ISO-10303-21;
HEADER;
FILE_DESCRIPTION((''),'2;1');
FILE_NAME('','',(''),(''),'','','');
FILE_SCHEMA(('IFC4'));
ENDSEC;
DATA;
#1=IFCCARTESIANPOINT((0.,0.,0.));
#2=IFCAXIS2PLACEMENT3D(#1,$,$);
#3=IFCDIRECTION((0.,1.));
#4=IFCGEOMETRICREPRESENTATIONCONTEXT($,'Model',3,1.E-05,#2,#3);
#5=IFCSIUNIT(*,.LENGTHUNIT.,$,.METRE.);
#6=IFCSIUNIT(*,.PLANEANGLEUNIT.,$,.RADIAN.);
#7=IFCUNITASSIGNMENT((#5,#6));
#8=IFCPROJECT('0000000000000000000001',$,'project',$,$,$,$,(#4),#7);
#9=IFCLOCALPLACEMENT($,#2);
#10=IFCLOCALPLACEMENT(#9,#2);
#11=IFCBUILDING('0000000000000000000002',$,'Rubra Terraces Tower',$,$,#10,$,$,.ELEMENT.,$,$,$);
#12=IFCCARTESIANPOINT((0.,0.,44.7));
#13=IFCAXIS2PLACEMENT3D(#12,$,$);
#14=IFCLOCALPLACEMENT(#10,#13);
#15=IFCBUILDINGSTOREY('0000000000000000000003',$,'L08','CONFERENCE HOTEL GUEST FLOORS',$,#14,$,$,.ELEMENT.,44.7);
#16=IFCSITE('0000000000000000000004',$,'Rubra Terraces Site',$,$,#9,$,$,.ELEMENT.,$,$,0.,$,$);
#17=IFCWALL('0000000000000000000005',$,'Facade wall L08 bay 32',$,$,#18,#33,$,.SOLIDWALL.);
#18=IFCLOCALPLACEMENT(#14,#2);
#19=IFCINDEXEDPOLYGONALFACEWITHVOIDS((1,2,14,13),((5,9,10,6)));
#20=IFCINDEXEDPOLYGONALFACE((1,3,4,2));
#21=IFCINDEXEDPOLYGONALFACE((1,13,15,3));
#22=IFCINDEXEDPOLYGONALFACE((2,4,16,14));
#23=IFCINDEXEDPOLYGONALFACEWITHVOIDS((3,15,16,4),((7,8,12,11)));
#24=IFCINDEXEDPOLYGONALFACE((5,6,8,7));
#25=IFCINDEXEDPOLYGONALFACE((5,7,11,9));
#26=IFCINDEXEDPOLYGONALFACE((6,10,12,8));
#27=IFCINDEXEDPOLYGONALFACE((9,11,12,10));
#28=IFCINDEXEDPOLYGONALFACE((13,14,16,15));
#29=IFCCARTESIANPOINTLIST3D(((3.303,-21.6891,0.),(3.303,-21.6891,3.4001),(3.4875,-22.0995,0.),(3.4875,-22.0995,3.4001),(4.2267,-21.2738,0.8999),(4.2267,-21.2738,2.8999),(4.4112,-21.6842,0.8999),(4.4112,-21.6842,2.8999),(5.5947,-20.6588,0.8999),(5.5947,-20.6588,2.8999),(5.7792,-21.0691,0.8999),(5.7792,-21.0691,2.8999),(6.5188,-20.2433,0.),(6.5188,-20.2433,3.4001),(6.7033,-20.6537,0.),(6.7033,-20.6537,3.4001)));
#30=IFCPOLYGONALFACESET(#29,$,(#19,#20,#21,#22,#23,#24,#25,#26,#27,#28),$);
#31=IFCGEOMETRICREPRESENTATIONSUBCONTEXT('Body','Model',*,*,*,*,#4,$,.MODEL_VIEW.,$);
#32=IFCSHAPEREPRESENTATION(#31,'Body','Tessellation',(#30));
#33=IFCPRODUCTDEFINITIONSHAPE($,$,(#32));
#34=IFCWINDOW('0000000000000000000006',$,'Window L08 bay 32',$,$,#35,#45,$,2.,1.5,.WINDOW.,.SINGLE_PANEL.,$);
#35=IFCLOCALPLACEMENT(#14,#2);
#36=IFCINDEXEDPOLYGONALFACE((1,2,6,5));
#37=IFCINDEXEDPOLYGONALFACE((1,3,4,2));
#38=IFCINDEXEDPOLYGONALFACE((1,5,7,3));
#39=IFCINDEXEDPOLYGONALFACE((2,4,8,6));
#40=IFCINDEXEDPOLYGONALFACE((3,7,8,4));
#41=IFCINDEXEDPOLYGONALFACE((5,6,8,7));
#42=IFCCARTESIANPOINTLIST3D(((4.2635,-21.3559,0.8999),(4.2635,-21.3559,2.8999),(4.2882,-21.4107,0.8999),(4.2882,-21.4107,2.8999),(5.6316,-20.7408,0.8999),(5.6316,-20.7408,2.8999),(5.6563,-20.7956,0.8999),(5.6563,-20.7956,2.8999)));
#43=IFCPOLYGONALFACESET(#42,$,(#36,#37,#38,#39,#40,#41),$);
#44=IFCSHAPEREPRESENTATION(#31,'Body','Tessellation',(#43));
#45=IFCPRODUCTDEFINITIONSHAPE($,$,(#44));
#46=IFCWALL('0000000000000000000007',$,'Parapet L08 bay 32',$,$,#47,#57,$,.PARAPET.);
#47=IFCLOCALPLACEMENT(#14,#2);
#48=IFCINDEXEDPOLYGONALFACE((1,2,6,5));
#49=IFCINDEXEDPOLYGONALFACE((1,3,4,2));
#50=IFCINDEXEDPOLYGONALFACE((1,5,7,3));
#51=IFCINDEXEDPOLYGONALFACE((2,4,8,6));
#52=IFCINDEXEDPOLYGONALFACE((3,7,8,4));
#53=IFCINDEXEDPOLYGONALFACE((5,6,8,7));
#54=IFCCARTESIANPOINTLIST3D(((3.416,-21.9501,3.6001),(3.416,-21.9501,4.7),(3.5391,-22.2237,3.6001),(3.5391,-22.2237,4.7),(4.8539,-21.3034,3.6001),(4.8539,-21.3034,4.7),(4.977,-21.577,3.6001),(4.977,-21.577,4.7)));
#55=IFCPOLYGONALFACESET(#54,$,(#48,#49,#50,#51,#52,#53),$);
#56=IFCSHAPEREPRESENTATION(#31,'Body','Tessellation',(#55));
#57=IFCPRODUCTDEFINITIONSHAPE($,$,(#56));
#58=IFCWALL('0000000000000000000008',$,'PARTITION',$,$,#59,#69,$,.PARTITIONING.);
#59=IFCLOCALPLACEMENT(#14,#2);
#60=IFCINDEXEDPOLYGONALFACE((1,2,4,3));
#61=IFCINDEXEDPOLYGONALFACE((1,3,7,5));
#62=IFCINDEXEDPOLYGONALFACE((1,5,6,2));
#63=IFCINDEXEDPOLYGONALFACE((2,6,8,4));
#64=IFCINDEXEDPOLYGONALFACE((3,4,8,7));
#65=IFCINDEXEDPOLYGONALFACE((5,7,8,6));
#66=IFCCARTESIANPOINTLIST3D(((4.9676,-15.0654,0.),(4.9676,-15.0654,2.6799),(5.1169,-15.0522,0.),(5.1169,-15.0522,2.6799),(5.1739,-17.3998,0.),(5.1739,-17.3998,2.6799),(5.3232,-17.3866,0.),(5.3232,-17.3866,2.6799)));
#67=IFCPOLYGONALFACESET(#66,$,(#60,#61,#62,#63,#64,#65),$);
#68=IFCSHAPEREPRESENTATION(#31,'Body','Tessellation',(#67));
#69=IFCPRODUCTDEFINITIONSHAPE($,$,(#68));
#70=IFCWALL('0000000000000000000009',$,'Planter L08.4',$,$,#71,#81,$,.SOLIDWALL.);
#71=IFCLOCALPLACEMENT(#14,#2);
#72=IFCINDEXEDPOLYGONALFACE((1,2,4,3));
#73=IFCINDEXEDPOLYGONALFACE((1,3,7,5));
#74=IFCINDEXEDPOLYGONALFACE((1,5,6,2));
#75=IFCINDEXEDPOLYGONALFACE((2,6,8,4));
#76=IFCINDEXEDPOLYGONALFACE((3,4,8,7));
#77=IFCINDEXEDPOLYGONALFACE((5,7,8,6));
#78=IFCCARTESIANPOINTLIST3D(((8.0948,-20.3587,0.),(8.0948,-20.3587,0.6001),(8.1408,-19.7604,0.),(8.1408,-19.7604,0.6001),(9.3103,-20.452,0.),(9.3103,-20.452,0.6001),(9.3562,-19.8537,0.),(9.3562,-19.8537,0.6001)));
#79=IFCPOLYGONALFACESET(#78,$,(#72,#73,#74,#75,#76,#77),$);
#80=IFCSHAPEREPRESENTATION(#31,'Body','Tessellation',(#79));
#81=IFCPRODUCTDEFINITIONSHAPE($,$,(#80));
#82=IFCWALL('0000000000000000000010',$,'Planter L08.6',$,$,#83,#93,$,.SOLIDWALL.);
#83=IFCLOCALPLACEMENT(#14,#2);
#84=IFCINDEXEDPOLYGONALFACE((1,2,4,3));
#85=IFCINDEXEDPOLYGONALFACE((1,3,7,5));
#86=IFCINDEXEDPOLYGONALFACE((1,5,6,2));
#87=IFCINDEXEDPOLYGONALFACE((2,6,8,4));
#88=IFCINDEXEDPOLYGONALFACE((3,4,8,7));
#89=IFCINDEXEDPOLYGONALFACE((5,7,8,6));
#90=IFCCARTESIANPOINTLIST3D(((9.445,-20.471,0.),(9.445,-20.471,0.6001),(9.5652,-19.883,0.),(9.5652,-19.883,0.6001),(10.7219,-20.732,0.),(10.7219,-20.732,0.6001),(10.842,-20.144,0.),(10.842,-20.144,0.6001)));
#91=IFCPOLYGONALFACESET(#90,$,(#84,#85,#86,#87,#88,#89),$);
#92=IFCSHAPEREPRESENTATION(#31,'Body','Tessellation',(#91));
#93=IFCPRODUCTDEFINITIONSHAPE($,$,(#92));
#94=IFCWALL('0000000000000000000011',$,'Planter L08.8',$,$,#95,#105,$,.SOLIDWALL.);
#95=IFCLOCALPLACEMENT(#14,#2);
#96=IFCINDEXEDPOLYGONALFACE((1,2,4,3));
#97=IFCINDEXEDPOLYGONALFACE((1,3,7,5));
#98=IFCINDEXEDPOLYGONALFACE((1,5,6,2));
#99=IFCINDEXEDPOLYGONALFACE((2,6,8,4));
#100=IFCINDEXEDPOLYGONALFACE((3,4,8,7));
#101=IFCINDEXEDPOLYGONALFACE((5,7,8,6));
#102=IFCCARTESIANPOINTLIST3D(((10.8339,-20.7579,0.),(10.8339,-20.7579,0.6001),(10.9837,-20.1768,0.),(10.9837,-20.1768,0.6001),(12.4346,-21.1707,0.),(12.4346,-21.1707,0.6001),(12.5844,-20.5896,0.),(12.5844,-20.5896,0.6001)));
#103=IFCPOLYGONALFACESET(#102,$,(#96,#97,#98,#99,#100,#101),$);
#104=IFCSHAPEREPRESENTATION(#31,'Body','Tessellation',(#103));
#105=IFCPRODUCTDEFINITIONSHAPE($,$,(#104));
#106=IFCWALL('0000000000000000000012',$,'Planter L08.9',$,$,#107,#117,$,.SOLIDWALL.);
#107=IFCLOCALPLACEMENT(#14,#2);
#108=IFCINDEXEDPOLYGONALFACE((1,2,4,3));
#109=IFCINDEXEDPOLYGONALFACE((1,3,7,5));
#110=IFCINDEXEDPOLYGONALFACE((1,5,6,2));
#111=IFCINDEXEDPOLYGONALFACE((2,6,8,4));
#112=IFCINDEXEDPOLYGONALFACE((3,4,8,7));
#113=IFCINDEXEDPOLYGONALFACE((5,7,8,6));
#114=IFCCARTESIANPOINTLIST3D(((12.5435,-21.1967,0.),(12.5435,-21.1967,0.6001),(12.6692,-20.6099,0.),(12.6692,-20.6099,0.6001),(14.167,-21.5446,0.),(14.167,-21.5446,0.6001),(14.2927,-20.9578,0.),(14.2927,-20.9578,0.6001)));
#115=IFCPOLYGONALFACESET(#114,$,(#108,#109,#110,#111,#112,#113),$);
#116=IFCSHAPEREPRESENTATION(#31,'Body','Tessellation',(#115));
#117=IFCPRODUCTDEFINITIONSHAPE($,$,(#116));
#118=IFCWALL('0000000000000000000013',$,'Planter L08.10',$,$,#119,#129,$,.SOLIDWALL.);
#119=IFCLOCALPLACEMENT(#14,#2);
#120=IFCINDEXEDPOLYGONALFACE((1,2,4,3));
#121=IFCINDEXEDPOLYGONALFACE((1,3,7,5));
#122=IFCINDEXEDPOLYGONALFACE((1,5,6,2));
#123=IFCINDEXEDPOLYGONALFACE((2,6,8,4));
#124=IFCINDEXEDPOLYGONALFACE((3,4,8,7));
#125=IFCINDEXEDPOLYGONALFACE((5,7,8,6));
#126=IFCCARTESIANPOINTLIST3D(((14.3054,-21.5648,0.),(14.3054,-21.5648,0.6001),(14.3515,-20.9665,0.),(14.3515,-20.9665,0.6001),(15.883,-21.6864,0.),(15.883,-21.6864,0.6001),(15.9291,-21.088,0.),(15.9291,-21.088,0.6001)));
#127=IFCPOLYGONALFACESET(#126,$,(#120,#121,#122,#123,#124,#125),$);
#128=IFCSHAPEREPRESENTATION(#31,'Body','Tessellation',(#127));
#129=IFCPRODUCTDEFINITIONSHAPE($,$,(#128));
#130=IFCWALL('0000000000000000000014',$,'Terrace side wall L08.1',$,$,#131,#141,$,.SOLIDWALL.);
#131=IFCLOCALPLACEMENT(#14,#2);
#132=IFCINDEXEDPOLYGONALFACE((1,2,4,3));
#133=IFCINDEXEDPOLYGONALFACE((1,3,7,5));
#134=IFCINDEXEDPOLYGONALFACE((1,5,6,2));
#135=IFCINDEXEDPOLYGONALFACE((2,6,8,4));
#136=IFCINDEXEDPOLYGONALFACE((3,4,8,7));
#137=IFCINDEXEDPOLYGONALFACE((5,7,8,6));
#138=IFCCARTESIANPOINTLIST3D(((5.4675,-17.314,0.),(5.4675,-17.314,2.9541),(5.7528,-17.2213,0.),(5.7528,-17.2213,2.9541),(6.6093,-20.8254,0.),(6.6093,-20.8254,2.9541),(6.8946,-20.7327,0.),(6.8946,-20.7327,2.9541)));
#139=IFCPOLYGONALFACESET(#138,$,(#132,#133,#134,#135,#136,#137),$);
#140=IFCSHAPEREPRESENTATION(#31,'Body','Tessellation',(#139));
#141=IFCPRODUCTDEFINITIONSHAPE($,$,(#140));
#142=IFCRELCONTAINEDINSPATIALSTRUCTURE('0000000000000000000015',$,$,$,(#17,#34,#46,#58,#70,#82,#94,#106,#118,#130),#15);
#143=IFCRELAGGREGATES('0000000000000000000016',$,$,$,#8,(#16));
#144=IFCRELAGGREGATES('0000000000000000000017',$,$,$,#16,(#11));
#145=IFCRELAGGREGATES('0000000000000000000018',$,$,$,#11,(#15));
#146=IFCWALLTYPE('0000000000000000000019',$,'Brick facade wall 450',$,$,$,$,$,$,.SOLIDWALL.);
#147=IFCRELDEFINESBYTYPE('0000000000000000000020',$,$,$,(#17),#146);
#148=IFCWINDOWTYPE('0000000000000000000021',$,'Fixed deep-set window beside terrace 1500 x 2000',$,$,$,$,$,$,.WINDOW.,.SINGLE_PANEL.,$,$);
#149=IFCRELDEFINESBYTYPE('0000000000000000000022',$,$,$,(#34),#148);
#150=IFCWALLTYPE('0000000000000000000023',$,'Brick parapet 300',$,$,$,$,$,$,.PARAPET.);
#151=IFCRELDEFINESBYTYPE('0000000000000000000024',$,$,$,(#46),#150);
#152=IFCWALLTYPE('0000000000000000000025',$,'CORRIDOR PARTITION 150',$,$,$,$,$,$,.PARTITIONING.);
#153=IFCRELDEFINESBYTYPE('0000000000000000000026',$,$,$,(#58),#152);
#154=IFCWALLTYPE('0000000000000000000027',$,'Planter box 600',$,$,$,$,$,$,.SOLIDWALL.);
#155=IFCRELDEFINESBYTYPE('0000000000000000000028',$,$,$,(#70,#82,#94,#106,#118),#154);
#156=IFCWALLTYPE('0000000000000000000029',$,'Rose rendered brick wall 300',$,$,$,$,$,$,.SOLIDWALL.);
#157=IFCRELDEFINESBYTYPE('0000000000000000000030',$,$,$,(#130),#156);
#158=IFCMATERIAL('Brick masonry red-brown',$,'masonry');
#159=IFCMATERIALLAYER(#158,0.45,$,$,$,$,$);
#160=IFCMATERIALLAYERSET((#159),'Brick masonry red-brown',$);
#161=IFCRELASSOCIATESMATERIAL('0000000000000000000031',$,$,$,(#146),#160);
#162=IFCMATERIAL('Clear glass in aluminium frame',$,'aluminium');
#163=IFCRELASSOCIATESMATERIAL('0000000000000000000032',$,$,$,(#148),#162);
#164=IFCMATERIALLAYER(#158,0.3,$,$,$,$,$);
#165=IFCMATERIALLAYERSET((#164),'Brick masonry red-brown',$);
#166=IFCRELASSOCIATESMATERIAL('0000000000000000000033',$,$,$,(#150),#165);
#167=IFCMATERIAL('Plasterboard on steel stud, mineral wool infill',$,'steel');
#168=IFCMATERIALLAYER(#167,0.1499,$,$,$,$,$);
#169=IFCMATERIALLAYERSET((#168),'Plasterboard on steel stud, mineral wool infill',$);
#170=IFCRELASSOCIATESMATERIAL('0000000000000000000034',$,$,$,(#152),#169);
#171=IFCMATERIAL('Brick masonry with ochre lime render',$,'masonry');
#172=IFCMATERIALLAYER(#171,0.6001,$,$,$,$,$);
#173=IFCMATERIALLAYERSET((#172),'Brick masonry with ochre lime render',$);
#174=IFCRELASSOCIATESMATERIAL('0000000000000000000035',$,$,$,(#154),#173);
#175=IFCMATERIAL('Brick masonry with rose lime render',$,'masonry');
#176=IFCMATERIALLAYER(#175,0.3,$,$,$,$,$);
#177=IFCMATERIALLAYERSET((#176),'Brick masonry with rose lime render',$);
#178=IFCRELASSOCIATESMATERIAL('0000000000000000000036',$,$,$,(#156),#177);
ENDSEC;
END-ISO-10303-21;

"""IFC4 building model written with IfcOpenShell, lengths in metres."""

from ifc_helpers import new_model, si_unit, direction, frame, frame_2d, origin, place, context, subcontext, project, spatial, rectangle, extrude, material, layer, layer_set, type_object, element, fill, save


model = new_model("IFC4")

# Units and contexts
model_context = context("Model", 3, precision=1e-05, world=origin(), true_north=direction((0.0, 1.0)))
body_context = subcontext(model_context, "Body", "Model", "MODEL_VIEW")
ifc_project = project(units=[si_unit("LENGTHUNIT", "METRE"), si_unit("PLANEANGLEUNIT", "RADIAN")], contexts=[model_context])

# Site, building, storey
site_placement = place(None, origin())
site = spatial("IfcSite", under=ifc_project, at=site_placement, Name="Rubra Terraces Site", CompositionType="ELEMENT", RefElevation=0.0)
building_placement = place(site_placement, origin())
building = spatial("IfcBuilding", under=site, at=building_placement, Name="Rubra Terraces Tower", CompositionType="ELEMENT")
storey_placement = place(building_placement, frame((0.0, 0.0, 44.7)))
storey = spatial("IfcBuildingStorey", under=building, at=storey_placement, Name="L08", Description="CONFERENCE HOTEL GUEST FLOORS", CompositionType="ELEMENT", Elevation=44.7)

# Wall, opening, window
ifc_material_1 = material(Name="Brick masonry red-brown", Category="masonry")
ifc_layer_1 = layer(ifc_material_1, 0.45)
ifc_layer_set_1 = layer_set([ifc_layer_1], Name="Brick masonry red-brown")
wall_type_1 = type_object("IfcWallType", Name="Brick facade wall 450", PredefinedType="SOLIDWALL", material=ifc_layer_set_1)
wall_1_placement = place(storey_placement, frame((3.3953, -21.8943, 0.0), z_axis=(0.0, 0.0, 1.0), x_axis=(0.912061, 0.410054, 0.0)))
wall_1 = element("IfcWall", 1, at=wall_1_placement, inside=storey, type_object=wall_type_1, Name="Facade wall L08 bay 32", PredefinedType="SOLIDWALL", context=body_context, shape_type="SweptSolid", body=[
    extrude(rectangle(XDim=3.5259, YDim=0.45, at=frame_2d((1.7629, 0.0))), origin(), (0.0, 0.0, 1.0), 3.4001),
])
opening_1_placement = place(wall_1_placement, frame((1.0127, 0.0, 0.8999)))
opening_1 = element("IfcOpeningElement", 2, at=opening_1_placement, cuts=wall_1, PredefinedType="OPENING", context=body_context, shape_type="SweptSolid", body=[
    extrude(rectangle(XDim=1.5, YDim=2.0, at=frame_2d((0.75, 1.0))), frame((0.0, 0.2349, 0.0), z_axis=(0.0, -1.0, 0.0), x_axis=(1.0, 0.0, 0.0)), (0.0, 0.0, 1.0), 0.47),
])
ifc_material_2 = material(Name="Clear glass in aluminium frame", Category="aluminium")
window_type = type_object("IfcWindowType", Name="Fixed deep-set window beside terrace 1500 x 2000", PartitioningType="SINGLE_PANEL", PredefinedType="WINDOW", material=ifc_material_2)
window_placement = place(opening_1_placement, origin())
window = element("IfcWindow", 3, at=window_placement, inside=storey, type_object=window_type, Name="Window L08 bay 32", OverallHeight=2.0, OverallWidth=1.5, PartitioningType="SINGLE_PANEL", PredefinedType="WINDOW", context=body_context, shape_type="SweptSolid", body=[
    extrude(rectangle(XDim=1.5, YDim=2.0, at=frame_2d((0.75, 1.0))), frame((0.0, 0.135, 0.0), z_axis=(0.0, -1.0, 0.0), x_axis=(1.0, 0.0, 0.0)), (0.0, 0.0, 1.0), 0.0601),
])
fill(opening_1, window)

# Walls
ifc_layer_2 = layer(ifc_material_1, 0.3)
ifc_layer_set_2 = layer_set([ifc_layer_2], Name="Brick masonry red-brown")
wall_type_2 = type_object("IfcWallType", Name="Brick parapet 300", PredefinedType="PARAPET", material=ifc_layer_set_2)
wall_2_placement = place(storey_placement, frame((3.4775, -22.0869, 3.6001), z_axis=(0.0, 0.0, 1.0), x_axis=(0.912008, 0.410172, 0.0)))
element("IfcWall", 4, at=wall_2_placement, inside=storey, type_object=wall_type_2, Name="Parapet L08 bay 32", PredefinedType="PARAPET", context=body_context, shape_type="SweptSolid", body=[
    extrude(rectangle(XDim=1.5767, YDim=0.3, at=frame_2d((0.7883, 0.0))), origin(), (0.0, 0.0, 1.0), 1.0999),
])
ifc_material_3 = material(Name="Plasterboard on steel stud, mineral wool infill", Category="steel")
ifc_layer_3 = layer(ifc_material_3, 0.1499)
ifc_layer_set_3 = layer_set([ifc_layer_3], Name="Plasterboard on steel stud, mineral wool infill")
wall_type_3 = type_object("IfcWallType", Name="CORRIDOR PARTITION 150", PredefinedType="PARTITIONING", material=ifc_layer_set_3)
wall_3_placement = place(storey_placement, frame((5.2485, -17.3933, 0.0), z_axis=(0.0, 0.0, 1.0), x_axis=(-0.088028, 0.996118, 0.0)))
element("IfcWall", 5, at=wall_3_placement, inside=storey, type_object=wall_type_3, Name="PARTITION", PredefinedType="PARTITIONING", context=body_context, shape_type="SweptSolid", body=[
    extrude(rectangle(XDim=2.3435, YDim=0.1499, at=frame_2d((1.1719, 0.0))), origin(), (0.0, 0.0, 1.0), 2.6799),
])

# Shared definitions
ifc_material_4 = material(Name="Brick masonry with ochre lime render", Category="masonry")

# Walls
ifc_layer_4 = layer(ifc_material_4, 0.6001)
ifc_layer_set_4 = layer_set([ifc_layer_4], Name="Brick masonry with ochre lime render")
wall_type_4 = type_object("IfcWallType", Name="Planter box 600", PredefinedType="SOLIDWALL", material=ifc_layer_set_4)
wall_4_placement = place(storey_placement, frame((8.1179, -20.0596, 0.0), z_axis=(0.0, 0.0, 1.0), x_axis=(0.997069, -0.076513, 0.0)))
element("IfcWall", 6, at=wall_4_placement, inside=storey, type_object=wall_type_4, Name="Planter L08.4", PredefinedType="SOLIDWALL", context=body_context, shape_type="SweptSolid", body=[
    extrude(rectangle(XDim=1.219, YDim=0.6001, at=frame_2d((0.6094, 0.0))), origin(), (0.0, 0.0, 1.0), 0.6001),
])
wall_5_placement = place(storey_placement, frame((9.5051, -20.177, 0.0), z_axis=(0.0, 0.0, 1.0), x_axis=(0.979743, -0.200257, 0.0)))
element("IfcWall", 7, at=wall_5_placement, inside=storey, type_object=wall_type_4, Name="Planter L08.6", PredefinedType="SOLIDWALL", context=body_context, shape_type="SweptSolid", body=[
    extrude(rectangle(XDim=1.3032, YDim=0.6001, at=frame_2d((0.6516, 0.0))), origin(), (0.0, 0.0, 1.0), 0.6001),
])
wall_6_placement = place(storey_placement, frame((10.9087, -20.4673, 0.0), z_axis=(0.0, 0.0, 1.0), x_axis=(0.968308, -0.249757, 0.0)))
element("IfcWall", 8, at=wall_6_placement, inside=storey, type_object=wall_type_4, Name="Planter L08.8", PredefinedType="SOLIDWALL", context=body_context, shape_type="SweptSolid", body=[
    extrude(rectangle(XDim=1.6531, YDim=0.6001, at=frame_2d((0.8267, 0.0))), origin(), (0.0, 0.0, 1.0), 0.6001),
])
wall_7_placement = place(storey_placement, frame((12.6064, -20.9033, 0.0), z_axis=(0.0, 0.0, 1.0), x_axis=(0.977802, -0.209529, 0.0)))
element("IfcWall", 9, at=wall_7_placement, inside=storey, type_object=wall_type_4, Name="Planter L08.9", PredefinedType="SOLIDWALL", context=body_context, shape_type="SweptSolid", body=[
    extrude(rectangle(XDim=1.6604, YDim=0.6001, at=frame_2d((0.8301, 0.0))), origin(), (0.0, 0.0, 1.0), 0.6001),
])
wall_8_placement = place(storey_placement, frame((14.3286, -21.2656, 0.0), z_axis=(0.0, 0.0, 1.0), x_axis=(0.997044, -0.076838, 0.0)))
element("IfcWall", 10, at=wall_8_placement, inside=storey, type_object=wall_type_4, Name="Planter L08.10", PredefinedType="SOLIDWALL", context=body_context, shape_type="SweptSolid", body=[
    extrude(rectangle(XDim=1.5823, YDim=0.6001, at=frame_2d((0.791, 0.0))), origin(), (0.0, 0.0, 1.0), 0.6001),
])
ifc_material_5 = material(Name="Brick masonry with rose lime render", Category="masonry")
ifc_layer_5 = layer(ifc_material_5, 0.3)
ifc_layer_set_5 = layer_set([ifc_layer_5], Name="Brick masonry with rose lime render")
wall_type_5 = type_object("IfcWallType", Name="Rose rendered brick wall 300", PredefinedType="SOLIDWALL", material=ifc_layer_set_5)
wall_9_placement = place(storey_placement, frame((6.752, -20.7791, 0.0), z_axis=(0.0, 0.0, 1.0), x_axis=(-0.309237, 0.950985, 0.0)))
element("IfcWall", 11, at=wall_9_placement, inside=storey, type_object=wall_type_5, Name="Terrace side wall L08.1", PredefinedType="SOLIDWALL", context=body_context, shape_type="SweptSolid", body=[
    extrude(rectangle(XDim=3.6924, YDim=0.3, at=frame_2d((1.8462, 0.0))), origin(), (0.0, 0.0, 1.0), 2.9541),
])

save(model, "model.ifc")
